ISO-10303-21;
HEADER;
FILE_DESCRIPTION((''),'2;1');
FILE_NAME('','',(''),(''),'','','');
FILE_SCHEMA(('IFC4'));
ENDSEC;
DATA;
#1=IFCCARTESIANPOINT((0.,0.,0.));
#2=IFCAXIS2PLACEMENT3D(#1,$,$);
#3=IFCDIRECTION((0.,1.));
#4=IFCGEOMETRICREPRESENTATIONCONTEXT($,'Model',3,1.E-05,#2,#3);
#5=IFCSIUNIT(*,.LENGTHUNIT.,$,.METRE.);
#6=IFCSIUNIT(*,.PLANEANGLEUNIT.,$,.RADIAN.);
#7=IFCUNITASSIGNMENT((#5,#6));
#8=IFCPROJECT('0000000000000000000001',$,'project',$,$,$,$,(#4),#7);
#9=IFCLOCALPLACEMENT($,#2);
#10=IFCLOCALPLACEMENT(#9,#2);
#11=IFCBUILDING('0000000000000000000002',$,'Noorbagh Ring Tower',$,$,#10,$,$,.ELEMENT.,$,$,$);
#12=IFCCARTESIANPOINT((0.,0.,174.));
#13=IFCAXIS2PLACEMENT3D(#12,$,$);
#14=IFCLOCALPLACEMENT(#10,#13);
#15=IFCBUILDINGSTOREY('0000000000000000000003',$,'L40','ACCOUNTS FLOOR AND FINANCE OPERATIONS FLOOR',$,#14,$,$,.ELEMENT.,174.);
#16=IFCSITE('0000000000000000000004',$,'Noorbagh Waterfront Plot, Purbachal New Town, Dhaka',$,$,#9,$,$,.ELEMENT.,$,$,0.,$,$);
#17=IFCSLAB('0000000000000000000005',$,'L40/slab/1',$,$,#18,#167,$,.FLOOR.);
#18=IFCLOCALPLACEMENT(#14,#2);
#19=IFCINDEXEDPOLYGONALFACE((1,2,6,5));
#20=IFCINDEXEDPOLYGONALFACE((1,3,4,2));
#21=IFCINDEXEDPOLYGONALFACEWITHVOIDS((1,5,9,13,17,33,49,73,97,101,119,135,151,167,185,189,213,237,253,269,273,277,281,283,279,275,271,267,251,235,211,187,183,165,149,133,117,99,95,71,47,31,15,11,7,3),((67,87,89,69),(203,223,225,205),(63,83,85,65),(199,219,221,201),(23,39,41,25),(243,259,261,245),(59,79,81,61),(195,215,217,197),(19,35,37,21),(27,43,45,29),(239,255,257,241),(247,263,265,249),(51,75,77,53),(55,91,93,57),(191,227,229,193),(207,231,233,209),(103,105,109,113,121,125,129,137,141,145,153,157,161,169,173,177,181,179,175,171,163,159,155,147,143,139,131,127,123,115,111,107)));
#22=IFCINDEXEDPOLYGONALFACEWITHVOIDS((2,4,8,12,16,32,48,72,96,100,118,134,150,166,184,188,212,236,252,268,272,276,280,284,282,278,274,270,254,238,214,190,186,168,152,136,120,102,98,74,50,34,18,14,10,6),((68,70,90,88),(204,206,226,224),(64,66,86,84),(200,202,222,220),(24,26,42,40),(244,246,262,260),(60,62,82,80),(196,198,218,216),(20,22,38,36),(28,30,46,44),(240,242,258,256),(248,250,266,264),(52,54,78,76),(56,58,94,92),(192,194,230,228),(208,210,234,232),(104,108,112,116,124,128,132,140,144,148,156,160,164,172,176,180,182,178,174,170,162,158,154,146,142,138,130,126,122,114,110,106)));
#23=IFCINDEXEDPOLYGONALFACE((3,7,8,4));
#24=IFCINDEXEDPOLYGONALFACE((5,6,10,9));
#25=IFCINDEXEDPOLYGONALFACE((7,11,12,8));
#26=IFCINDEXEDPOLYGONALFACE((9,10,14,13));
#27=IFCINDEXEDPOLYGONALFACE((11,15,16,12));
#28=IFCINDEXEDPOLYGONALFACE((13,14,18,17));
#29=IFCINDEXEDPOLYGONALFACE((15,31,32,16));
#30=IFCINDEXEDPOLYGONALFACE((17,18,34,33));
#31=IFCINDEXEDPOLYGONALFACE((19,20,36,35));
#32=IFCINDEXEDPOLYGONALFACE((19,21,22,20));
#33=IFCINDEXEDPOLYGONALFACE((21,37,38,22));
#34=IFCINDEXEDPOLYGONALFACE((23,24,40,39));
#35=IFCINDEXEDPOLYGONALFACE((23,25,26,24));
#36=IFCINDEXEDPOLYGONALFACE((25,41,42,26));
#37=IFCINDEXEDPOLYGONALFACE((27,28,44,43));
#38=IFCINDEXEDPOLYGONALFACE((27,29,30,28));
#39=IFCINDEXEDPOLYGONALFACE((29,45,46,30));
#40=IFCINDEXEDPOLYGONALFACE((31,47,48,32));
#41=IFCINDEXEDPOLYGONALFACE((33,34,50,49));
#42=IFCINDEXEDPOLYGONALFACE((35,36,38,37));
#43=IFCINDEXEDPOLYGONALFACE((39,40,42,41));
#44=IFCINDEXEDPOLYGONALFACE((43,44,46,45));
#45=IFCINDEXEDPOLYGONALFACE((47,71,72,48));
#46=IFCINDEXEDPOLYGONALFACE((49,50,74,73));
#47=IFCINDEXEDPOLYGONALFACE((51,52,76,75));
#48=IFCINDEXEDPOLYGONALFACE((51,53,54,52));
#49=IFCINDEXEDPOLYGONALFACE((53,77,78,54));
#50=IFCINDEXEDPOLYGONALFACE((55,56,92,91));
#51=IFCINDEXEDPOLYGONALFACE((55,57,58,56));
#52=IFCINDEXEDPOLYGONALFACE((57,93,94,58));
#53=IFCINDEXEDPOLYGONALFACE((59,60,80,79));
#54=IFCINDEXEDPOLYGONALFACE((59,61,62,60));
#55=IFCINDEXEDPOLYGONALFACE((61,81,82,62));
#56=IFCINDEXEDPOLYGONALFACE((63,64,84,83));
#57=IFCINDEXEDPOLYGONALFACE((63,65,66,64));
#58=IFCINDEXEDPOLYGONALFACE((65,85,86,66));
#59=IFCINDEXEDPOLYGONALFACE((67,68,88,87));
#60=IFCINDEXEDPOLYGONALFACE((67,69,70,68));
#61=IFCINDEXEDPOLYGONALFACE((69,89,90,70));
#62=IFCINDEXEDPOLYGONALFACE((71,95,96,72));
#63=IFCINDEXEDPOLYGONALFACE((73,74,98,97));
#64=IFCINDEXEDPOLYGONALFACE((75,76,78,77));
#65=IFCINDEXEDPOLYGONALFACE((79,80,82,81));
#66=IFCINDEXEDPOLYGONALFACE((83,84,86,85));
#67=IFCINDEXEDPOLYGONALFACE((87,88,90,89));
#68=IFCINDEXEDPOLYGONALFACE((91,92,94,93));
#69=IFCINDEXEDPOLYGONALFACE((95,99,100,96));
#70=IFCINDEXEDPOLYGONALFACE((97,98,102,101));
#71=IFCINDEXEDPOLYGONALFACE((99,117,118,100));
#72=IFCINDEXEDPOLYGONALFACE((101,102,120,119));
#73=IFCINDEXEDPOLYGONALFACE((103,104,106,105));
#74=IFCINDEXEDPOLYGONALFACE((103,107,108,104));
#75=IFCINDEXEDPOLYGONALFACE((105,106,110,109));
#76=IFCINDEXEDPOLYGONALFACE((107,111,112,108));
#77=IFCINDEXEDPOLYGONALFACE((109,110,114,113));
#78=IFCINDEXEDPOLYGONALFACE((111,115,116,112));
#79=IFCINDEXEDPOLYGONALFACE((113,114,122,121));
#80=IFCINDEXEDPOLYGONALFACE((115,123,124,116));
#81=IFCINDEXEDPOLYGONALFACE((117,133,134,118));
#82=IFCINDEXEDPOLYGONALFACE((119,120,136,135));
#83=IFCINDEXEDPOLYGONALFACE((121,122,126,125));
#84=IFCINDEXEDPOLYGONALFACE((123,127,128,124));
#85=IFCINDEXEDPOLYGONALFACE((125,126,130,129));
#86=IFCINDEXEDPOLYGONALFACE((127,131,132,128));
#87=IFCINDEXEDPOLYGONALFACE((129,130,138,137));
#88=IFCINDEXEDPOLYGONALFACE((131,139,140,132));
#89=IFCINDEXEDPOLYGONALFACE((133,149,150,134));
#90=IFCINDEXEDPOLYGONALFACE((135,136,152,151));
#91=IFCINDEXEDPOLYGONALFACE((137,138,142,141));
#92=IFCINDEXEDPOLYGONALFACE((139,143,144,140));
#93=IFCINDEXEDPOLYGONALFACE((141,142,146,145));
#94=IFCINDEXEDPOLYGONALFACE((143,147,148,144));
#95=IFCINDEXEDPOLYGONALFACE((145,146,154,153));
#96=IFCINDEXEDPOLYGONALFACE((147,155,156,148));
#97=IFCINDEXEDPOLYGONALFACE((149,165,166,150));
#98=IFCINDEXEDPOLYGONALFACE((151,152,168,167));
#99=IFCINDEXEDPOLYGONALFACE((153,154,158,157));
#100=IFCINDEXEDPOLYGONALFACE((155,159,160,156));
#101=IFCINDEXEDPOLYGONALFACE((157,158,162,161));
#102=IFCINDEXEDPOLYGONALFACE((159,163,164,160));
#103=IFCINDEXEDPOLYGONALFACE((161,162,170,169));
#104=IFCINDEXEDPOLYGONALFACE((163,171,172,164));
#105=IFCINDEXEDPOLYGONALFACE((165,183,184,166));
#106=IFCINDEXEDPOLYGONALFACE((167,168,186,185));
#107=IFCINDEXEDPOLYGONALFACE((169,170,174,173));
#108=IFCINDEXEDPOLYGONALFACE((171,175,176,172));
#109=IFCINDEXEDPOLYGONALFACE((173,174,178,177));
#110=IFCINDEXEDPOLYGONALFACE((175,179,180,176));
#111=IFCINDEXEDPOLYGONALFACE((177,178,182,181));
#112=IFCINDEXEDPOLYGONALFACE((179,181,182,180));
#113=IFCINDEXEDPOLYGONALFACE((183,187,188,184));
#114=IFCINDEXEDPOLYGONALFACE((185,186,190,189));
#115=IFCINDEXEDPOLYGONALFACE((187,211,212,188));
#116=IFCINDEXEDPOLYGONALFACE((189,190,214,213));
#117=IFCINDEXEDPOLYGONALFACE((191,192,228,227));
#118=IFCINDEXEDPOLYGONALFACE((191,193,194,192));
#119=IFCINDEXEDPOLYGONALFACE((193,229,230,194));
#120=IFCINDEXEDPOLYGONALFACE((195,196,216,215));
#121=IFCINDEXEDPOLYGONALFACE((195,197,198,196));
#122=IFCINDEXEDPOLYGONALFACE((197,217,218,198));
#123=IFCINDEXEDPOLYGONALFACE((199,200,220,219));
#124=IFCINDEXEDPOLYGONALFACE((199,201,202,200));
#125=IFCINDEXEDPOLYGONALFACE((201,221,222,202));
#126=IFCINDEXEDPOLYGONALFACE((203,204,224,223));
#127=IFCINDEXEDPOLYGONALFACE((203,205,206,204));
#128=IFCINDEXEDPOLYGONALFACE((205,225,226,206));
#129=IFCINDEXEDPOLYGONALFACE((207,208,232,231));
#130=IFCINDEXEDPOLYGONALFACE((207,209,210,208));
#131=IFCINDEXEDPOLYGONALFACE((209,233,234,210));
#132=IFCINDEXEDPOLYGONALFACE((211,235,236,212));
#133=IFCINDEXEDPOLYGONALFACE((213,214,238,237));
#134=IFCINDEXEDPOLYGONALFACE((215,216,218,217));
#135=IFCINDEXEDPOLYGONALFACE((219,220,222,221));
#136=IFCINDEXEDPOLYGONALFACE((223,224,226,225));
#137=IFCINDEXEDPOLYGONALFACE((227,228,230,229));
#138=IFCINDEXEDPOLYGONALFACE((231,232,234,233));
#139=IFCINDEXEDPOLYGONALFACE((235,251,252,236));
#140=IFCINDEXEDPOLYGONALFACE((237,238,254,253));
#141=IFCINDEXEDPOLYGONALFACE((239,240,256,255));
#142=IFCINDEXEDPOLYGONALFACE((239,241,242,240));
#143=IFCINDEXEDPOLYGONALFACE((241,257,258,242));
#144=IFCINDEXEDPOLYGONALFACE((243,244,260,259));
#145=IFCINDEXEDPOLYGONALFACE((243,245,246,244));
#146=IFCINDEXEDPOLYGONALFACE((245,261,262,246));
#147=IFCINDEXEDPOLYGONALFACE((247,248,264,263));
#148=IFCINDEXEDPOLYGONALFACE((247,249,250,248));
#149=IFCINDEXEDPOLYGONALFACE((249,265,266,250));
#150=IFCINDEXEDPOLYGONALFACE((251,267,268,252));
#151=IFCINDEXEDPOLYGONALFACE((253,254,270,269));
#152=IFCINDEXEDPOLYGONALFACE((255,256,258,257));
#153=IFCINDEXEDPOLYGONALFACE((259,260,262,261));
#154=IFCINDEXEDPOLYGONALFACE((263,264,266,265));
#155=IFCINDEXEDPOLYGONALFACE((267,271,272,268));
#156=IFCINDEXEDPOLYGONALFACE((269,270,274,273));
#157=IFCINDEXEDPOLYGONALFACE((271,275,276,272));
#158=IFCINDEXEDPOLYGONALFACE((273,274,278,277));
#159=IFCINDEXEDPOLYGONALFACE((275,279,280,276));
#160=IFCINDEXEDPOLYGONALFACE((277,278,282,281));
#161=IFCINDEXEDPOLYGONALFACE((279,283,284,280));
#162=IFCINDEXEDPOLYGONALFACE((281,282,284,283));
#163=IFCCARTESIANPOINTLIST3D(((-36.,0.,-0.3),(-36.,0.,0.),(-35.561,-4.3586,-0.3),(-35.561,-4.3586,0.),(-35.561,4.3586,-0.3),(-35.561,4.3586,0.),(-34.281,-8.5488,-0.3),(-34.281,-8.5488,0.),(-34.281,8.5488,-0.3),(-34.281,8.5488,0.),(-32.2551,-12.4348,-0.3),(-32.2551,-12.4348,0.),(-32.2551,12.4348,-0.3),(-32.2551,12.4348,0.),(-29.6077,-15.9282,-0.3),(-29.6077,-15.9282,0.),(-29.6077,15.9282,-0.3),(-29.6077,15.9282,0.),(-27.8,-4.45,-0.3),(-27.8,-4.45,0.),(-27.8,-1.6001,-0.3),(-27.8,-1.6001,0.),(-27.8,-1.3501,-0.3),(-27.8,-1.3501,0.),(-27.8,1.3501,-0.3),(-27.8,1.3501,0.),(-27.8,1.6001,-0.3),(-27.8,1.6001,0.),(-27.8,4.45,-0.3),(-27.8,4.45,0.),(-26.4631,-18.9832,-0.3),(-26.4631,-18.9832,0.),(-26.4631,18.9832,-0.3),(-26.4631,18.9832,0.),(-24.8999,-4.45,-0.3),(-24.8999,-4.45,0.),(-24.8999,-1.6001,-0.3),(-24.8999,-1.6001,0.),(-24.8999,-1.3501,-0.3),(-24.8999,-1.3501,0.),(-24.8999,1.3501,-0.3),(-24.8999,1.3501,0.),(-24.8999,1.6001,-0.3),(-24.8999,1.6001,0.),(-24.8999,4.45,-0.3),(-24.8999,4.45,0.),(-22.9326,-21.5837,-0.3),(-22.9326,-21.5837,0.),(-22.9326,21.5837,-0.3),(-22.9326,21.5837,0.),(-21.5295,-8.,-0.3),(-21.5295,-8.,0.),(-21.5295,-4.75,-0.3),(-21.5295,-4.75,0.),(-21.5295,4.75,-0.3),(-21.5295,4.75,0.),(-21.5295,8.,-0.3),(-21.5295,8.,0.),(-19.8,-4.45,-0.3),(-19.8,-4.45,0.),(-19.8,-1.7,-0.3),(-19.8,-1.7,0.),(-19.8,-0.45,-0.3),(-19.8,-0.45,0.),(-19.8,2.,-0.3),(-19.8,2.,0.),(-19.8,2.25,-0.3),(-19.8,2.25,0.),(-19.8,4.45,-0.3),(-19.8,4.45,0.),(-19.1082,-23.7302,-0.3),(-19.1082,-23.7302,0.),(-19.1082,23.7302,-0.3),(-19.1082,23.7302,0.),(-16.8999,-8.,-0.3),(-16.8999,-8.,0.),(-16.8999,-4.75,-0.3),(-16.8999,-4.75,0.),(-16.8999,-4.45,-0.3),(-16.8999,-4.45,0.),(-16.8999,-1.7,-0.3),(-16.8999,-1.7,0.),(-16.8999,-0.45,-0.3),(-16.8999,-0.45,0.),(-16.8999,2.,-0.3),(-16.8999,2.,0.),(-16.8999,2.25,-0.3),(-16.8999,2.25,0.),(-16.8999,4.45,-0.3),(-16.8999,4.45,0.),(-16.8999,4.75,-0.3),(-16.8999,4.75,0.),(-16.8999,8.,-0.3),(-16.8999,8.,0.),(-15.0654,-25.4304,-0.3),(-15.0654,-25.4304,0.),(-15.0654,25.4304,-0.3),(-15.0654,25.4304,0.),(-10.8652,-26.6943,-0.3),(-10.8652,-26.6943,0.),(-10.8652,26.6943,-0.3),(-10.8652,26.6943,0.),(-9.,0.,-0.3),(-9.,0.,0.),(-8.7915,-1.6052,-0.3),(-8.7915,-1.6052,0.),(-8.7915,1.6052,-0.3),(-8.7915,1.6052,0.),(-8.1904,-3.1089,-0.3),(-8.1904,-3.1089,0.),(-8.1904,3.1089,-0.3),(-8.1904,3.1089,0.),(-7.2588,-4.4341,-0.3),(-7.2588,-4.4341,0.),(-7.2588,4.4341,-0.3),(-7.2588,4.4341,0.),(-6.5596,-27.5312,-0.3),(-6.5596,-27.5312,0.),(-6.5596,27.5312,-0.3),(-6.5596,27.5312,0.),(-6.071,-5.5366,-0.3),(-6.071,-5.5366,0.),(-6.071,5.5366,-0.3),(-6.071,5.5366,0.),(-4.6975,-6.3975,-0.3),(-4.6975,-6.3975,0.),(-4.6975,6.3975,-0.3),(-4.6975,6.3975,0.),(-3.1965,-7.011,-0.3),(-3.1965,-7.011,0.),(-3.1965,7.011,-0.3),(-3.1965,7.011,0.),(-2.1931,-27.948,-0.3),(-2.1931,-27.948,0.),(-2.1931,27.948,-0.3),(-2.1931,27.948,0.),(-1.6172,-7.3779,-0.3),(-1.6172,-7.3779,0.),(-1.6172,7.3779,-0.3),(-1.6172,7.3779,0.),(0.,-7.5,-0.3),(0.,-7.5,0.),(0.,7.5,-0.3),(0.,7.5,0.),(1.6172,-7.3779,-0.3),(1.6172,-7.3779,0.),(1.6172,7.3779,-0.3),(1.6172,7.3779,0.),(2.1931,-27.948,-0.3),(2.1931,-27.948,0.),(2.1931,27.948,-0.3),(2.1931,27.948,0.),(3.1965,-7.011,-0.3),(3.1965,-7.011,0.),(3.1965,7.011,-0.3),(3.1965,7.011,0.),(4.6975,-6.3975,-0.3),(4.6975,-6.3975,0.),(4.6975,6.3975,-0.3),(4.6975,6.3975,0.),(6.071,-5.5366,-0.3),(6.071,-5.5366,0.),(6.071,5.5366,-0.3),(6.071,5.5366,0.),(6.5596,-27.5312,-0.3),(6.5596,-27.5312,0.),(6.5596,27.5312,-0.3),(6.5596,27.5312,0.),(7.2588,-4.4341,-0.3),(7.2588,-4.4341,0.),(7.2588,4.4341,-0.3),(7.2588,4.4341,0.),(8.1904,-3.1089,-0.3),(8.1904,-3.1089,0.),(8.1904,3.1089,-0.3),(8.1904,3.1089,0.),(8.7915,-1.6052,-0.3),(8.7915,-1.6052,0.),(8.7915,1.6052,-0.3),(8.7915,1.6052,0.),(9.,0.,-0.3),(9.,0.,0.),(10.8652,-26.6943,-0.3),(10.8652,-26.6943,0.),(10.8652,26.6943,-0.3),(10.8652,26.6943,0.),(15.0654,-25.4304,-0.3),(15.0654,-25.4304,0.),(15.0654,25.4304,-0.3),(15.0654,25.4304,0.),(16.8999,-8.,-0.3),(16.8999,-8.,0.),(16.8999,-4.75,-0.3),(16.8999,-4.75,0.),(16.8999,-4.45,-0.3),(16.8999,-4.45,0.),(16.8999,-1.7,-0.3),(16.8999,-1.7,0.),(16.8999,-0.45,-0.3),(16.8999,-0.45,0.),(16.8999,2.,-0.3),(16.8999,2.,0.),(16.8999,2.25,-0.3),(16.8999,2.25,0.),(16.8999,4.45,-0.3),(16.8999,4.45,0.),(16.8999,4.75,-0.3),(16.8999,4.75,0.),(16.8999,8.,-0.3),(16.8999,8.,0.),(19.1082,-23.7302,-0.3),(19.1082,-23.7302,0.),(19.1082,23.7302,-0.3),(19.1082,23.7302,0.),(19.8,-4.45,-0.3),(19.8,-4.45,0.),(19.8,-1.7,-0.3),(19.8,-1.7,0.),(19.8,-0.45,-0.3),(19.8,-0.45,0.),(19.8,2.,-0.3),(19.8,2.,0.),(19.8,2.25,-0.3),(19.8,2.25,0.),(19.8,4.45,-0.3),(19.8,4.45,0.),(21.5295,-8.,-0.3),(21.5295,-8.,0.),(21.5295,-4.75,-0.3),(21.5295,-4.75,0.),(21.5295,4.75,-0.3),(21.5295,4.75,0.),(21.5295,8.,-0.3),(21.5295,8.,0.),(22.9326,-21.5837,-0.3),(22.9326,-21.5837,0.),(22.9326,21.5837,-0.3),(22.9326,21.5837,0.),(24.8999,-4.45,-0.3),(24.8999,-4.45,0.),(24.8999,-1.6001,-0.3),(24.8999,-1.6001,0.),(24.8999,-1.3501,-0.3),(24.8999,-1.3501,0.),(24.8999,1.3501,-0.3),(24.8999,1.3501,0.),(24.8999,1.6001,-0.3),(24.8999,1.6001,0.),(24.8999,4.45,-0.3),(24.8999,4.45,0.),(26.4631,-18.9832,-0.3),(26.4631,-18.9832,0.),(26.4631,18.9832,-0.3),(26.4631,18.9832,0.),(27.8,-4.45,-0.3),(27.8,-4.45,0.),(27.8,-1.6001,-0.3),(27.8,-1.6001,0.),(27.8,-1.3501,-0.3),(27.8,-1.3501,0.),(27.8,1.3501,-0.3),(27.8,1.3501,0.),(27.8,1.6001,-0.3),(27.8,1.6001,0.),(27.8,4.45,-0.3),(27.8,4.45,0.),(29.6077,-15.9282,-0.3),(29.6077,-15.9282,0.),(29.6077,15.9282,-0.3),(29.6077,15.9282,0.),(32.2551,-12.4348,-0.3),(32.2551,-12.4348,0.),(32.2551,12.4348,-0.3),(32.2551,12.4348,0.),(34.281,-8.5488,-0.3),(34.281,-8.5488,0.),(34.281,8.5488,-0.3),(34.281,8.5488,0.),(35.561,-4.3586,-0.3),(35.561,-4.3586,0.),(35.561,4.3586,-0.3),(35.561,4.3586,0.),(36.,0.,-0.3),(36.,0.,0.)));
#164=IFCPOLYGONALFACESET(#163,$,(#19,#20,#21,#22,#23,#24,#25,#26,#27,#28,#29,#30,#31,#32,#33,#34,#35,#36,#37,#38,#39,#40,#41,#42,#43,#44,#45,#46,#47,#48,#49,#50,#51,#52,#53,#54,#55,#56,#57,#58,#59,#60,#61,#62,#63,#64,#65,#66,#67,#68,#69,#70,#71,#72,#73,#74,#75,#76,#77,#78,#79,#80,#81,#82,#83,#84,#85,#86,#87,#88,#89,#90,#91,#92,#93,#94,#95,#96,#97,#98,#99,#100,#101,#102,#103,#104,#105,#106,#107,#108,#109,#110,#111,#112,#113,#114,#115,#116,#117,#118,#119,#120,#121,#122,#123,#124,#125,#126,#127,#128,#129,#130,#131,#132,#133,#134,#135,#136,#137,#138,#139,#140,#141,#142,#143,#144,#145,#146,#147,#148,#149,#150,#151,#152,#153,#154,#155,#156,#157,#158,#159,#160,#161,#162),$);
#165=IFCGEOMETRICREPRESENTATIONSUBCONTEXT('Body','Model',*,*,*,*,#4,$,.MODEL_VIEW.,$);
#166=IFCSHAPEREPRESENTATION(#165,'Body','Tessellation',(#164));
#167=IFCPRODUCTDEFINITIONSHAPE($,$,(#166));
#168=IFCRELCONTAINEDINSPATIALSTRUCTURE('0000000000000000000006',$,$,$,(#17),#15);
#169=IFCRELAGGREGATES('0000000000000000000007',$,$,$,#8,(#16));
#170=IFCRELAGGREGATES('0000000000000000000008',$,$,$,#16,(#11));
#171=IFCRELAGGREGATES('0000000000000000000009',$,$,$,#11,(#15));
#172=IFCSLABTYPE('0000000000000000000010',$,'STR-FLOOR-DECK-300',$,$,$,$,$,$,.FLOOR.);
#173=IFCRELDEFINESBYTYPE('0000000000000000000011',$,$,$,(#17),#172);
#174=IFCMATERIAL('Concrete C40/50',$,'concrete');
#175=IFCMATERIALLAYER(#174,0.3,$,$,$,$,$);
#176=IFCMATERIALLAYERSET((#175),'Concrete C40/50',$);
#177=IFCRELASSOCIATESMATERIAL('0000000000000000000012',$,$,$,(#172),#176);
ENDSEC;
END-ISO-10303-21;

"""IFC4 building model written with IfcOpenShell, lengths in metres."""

from ifc_helpers import new_model, si_unit, direction, frame, origin, place, context, subcontext, project, spatial, polyline, outline, extrude, material, layer, layer_set, type_object, element, save


model = new_model("IFC4")

# Units and contexts
model_context = context("Model", 3, precision=1e-05, world=origin(), true_north=direction((0.0, 1.0)))
body_context = subcontext(model_context, "Body", "Model", "MODEL_VIEW")
ifc_project = project(units=[si_unit("LENGTHUNIT", "METRE"), si_unit("PLANEANGLEUNIT", "RADIAN")], contexts=[model_context])

# Site, building, storey
site_placement = place(None, origin())
building_placement = place(site_placement, origin())
storey_placement = place(building_placement, frame((0.0, 0.0, 174.0)))
site = spatial("IfcSite", under=ifc_project, at=site_placement, Name="Noorbagh Waterfront Plot, Purbachal New Town, Dhaka", CompositionType="ELEMENT", RefElevation=0.0)
building = spatial("IfcBuilding", under=site, at=building_placement, Name="Noorbagh Ring Tower", CompositionType="ELEMENT")
storey = spatial("IfcBuildingStorey", under=building, at=storey_placement, Name="L40", Description="ACCOUNTS FLOOR AND FINANCE OPERATIONS FLOOR", CompositionType="ELEMENT", Elevation=174.0)

# Slab
ifc_material_1 = material(Name="Concrete C40/50", Category="concrete")
ifc_layer_1 = layer(ifc_material_1, 0.3)
ifc_layer_set_1 = layer_set([ifc_layer_1], Name="Concrete C40/50")
slab_type = type_object("IfcSlabType", Name="STR-FLOOR-DECK-300", PredefinedType="FLOOR", material=ifc_layer_set_1)
slab_placement = place(storey_placement, frame((0.0, 0.0, -0.3)))
element("IfcSlab", 1, at=slab_placement, inside=storey, type_object=slab_type, Name="L40/slab/1", PredefinedType="FLOOR", context=body_context, shape_type="SweptSolid", body=[
    extrude(outline(polyline([(36.0, 0.0), (35.561, 4.3586), (34.281, 8.5488), (32.2551, 12.4348), (29.6077, 15.9282), (26.4631, 18.9832), (22.9326, 21.5837), (19.1082, 23.7302), (15.0654, 25.4304), (10.8652, 26.6943), (6.5596, 27.5312), (2.1931, 27.948), (-2.1931, 27.948), (-6.5596, 27.5312), (-10.8652, 26.6943), (-15.0654, 25.4304), (-19.1082, 23.7302), (-22.9326, 21.5837), (-26.4631, 18.9832), (-29.6077, 15.9282), (-32.2551, 12.4348), (-34.281, 8.5488), (-35.561, 4.3586), (-36.0, 0.0), (-35.561, -4.3586), (-34.281, -8.5488), (-32.2551, -12.4348), (-29.6077, -15.9282), (-26.4631, -18.9832), (-22.9326, -21.5837), (-19.1082, -23.7302), (-15.0654, -25.4304), (-10.8652, -26.6943), (-6.5596, -27.5312), (-2.1931, -27.948), (2.1931, -27.948), (6.5596, -27.5312), (10.8652, -26.6943), (15.0654, -25.4304), (19.1082, -23.7302), (22.9326, -21.5837), (26.4631, -18.9832), (29.6077, -15.9282), (32.2551, -12.4348), (34.281, -8.5488), (35.561, -4.3586), (36.0, 0.0)]), holes=[polyline([(24.8999, 4.45), (27.8, 4.45), (27.8, 1.6001), (24.8999, 1.6001), (24.8999, 4.45)]), polyline([(24.8999, 1.3501), (27.8, 1.3501), (27.8, -1.3501), (24.8999, -1.3501), (24.8999, 1.3501)]), polyline([(24.8999, -1.6001), (27.8, -1.6001), (27.8, -4.45), (24.8999, -4.45), (24.8999, -1.6001)]), polyline([(21.5295, -8.0), (16.8999, -8.0), (16.8999, -4.75), (21.5295, -4.75), (21.5295, -8.0)]), polyline([(16.8999, 4.75), (16.8999, 8.0), (21.5295, 8.0), (21.5295, 4.75), (16.8999, 4.75)]), polyline([(19.8, 4.45), (19.8, 2.25), (16.8999, 2.25), (16.8999, 4.45), (19.8, 4.45)]), polyline([(16.8999, 2.0), (19.8, 2.0), (19.8, -0.45), (16.8999, -0.45), (16.8999, 2.0)]), polyline([(16.8999, -1.7), (19.8, -1.7), (19.8, -4.45), (16.8999, -4.45), (16.8999, -1.7)]), polyline([(4.6975, -6.3975), (3.1965, -7.011), (1.6172, -7.3779), (0.0, -7.5), (-1.6172, -7.3779), (-3.1965, -7.011), (-4.6975, -6.3975), (-6.071, -5.5366), (-7.2588, -4.4341), (-8.1904, -3.1089), (-8.7915, -1.6052), (-9.0, 0.0), (-8.7915, 1.6052), (-8.1904, 3.1089), (-7.2588, 4.4341), (-6.071, 5.5366), (-4.6975, 6.3975), (-3.1965, 7.011), (-1.6172, 7.3779), (0.0, 7.5), (1.6172, 7.3779), (3.1965, 7.011), (4.6975, 6.3975), (6.071, 5.5366), (7.2588, 4.4341), (8.1904, 3.1089), (8.7915, 1.6052), (9.0, 0.0), (8.7915, -1.6052), (8.1904, -3.1089), (7.2588, -4.4341), (6.071, -5.5366), (4.6975, -6.3975)]), polyline([(-16.8999, 2.25), (-19.8, 2.25), (-19.8, 4.45), (-16.8999, 4.45), (-16.8999, 2.25)]), polyline([(-16.8999, -0.45), (-19.8, -0.45), (-19.8, 2.0), (-16.8999, 2.0), (-16.8999, -0.45)]), polyline([(-16.8999, -4.45), (-19.8, -4.45), (-19.8, -1.7), (-16.8999, -1.7), (-16.8999, -4.45)]), polyline([(-21.5295, 8.0), (-16.8999, 8.0), (-16.8999, 4.75), (-21.5295, 4.75), (-21.5295, 8.0)]), polyline([(-21.5295, -4.75), (-16.8999, -4.75), (-16.8999, -8.0), (-21.5295, -8.0), (-21.5295, -4.75)]), polyline([(-24.8999, -4.45), (-27.8, -4.45), (-27.8, -1.6001), (-24.8999, -1.6001), (-24.8999, -4.45)]), polyline([(-24.8999, 1.6001), (-27.8, 1.6001), (-27.8, 4.45), (-24.8999, 4.45), (-24.8999, 1.6001)]), polyline([(-24.8999, -1.3501), (-27.8, -1.3501), (-27.8, 1.3501), (-24.8999, 1.3501), (-24.8999, -1.3501)])]), origin(), (0.0, 0.0, 1.0), 0.3),
])

save(model, "model.ifc")
